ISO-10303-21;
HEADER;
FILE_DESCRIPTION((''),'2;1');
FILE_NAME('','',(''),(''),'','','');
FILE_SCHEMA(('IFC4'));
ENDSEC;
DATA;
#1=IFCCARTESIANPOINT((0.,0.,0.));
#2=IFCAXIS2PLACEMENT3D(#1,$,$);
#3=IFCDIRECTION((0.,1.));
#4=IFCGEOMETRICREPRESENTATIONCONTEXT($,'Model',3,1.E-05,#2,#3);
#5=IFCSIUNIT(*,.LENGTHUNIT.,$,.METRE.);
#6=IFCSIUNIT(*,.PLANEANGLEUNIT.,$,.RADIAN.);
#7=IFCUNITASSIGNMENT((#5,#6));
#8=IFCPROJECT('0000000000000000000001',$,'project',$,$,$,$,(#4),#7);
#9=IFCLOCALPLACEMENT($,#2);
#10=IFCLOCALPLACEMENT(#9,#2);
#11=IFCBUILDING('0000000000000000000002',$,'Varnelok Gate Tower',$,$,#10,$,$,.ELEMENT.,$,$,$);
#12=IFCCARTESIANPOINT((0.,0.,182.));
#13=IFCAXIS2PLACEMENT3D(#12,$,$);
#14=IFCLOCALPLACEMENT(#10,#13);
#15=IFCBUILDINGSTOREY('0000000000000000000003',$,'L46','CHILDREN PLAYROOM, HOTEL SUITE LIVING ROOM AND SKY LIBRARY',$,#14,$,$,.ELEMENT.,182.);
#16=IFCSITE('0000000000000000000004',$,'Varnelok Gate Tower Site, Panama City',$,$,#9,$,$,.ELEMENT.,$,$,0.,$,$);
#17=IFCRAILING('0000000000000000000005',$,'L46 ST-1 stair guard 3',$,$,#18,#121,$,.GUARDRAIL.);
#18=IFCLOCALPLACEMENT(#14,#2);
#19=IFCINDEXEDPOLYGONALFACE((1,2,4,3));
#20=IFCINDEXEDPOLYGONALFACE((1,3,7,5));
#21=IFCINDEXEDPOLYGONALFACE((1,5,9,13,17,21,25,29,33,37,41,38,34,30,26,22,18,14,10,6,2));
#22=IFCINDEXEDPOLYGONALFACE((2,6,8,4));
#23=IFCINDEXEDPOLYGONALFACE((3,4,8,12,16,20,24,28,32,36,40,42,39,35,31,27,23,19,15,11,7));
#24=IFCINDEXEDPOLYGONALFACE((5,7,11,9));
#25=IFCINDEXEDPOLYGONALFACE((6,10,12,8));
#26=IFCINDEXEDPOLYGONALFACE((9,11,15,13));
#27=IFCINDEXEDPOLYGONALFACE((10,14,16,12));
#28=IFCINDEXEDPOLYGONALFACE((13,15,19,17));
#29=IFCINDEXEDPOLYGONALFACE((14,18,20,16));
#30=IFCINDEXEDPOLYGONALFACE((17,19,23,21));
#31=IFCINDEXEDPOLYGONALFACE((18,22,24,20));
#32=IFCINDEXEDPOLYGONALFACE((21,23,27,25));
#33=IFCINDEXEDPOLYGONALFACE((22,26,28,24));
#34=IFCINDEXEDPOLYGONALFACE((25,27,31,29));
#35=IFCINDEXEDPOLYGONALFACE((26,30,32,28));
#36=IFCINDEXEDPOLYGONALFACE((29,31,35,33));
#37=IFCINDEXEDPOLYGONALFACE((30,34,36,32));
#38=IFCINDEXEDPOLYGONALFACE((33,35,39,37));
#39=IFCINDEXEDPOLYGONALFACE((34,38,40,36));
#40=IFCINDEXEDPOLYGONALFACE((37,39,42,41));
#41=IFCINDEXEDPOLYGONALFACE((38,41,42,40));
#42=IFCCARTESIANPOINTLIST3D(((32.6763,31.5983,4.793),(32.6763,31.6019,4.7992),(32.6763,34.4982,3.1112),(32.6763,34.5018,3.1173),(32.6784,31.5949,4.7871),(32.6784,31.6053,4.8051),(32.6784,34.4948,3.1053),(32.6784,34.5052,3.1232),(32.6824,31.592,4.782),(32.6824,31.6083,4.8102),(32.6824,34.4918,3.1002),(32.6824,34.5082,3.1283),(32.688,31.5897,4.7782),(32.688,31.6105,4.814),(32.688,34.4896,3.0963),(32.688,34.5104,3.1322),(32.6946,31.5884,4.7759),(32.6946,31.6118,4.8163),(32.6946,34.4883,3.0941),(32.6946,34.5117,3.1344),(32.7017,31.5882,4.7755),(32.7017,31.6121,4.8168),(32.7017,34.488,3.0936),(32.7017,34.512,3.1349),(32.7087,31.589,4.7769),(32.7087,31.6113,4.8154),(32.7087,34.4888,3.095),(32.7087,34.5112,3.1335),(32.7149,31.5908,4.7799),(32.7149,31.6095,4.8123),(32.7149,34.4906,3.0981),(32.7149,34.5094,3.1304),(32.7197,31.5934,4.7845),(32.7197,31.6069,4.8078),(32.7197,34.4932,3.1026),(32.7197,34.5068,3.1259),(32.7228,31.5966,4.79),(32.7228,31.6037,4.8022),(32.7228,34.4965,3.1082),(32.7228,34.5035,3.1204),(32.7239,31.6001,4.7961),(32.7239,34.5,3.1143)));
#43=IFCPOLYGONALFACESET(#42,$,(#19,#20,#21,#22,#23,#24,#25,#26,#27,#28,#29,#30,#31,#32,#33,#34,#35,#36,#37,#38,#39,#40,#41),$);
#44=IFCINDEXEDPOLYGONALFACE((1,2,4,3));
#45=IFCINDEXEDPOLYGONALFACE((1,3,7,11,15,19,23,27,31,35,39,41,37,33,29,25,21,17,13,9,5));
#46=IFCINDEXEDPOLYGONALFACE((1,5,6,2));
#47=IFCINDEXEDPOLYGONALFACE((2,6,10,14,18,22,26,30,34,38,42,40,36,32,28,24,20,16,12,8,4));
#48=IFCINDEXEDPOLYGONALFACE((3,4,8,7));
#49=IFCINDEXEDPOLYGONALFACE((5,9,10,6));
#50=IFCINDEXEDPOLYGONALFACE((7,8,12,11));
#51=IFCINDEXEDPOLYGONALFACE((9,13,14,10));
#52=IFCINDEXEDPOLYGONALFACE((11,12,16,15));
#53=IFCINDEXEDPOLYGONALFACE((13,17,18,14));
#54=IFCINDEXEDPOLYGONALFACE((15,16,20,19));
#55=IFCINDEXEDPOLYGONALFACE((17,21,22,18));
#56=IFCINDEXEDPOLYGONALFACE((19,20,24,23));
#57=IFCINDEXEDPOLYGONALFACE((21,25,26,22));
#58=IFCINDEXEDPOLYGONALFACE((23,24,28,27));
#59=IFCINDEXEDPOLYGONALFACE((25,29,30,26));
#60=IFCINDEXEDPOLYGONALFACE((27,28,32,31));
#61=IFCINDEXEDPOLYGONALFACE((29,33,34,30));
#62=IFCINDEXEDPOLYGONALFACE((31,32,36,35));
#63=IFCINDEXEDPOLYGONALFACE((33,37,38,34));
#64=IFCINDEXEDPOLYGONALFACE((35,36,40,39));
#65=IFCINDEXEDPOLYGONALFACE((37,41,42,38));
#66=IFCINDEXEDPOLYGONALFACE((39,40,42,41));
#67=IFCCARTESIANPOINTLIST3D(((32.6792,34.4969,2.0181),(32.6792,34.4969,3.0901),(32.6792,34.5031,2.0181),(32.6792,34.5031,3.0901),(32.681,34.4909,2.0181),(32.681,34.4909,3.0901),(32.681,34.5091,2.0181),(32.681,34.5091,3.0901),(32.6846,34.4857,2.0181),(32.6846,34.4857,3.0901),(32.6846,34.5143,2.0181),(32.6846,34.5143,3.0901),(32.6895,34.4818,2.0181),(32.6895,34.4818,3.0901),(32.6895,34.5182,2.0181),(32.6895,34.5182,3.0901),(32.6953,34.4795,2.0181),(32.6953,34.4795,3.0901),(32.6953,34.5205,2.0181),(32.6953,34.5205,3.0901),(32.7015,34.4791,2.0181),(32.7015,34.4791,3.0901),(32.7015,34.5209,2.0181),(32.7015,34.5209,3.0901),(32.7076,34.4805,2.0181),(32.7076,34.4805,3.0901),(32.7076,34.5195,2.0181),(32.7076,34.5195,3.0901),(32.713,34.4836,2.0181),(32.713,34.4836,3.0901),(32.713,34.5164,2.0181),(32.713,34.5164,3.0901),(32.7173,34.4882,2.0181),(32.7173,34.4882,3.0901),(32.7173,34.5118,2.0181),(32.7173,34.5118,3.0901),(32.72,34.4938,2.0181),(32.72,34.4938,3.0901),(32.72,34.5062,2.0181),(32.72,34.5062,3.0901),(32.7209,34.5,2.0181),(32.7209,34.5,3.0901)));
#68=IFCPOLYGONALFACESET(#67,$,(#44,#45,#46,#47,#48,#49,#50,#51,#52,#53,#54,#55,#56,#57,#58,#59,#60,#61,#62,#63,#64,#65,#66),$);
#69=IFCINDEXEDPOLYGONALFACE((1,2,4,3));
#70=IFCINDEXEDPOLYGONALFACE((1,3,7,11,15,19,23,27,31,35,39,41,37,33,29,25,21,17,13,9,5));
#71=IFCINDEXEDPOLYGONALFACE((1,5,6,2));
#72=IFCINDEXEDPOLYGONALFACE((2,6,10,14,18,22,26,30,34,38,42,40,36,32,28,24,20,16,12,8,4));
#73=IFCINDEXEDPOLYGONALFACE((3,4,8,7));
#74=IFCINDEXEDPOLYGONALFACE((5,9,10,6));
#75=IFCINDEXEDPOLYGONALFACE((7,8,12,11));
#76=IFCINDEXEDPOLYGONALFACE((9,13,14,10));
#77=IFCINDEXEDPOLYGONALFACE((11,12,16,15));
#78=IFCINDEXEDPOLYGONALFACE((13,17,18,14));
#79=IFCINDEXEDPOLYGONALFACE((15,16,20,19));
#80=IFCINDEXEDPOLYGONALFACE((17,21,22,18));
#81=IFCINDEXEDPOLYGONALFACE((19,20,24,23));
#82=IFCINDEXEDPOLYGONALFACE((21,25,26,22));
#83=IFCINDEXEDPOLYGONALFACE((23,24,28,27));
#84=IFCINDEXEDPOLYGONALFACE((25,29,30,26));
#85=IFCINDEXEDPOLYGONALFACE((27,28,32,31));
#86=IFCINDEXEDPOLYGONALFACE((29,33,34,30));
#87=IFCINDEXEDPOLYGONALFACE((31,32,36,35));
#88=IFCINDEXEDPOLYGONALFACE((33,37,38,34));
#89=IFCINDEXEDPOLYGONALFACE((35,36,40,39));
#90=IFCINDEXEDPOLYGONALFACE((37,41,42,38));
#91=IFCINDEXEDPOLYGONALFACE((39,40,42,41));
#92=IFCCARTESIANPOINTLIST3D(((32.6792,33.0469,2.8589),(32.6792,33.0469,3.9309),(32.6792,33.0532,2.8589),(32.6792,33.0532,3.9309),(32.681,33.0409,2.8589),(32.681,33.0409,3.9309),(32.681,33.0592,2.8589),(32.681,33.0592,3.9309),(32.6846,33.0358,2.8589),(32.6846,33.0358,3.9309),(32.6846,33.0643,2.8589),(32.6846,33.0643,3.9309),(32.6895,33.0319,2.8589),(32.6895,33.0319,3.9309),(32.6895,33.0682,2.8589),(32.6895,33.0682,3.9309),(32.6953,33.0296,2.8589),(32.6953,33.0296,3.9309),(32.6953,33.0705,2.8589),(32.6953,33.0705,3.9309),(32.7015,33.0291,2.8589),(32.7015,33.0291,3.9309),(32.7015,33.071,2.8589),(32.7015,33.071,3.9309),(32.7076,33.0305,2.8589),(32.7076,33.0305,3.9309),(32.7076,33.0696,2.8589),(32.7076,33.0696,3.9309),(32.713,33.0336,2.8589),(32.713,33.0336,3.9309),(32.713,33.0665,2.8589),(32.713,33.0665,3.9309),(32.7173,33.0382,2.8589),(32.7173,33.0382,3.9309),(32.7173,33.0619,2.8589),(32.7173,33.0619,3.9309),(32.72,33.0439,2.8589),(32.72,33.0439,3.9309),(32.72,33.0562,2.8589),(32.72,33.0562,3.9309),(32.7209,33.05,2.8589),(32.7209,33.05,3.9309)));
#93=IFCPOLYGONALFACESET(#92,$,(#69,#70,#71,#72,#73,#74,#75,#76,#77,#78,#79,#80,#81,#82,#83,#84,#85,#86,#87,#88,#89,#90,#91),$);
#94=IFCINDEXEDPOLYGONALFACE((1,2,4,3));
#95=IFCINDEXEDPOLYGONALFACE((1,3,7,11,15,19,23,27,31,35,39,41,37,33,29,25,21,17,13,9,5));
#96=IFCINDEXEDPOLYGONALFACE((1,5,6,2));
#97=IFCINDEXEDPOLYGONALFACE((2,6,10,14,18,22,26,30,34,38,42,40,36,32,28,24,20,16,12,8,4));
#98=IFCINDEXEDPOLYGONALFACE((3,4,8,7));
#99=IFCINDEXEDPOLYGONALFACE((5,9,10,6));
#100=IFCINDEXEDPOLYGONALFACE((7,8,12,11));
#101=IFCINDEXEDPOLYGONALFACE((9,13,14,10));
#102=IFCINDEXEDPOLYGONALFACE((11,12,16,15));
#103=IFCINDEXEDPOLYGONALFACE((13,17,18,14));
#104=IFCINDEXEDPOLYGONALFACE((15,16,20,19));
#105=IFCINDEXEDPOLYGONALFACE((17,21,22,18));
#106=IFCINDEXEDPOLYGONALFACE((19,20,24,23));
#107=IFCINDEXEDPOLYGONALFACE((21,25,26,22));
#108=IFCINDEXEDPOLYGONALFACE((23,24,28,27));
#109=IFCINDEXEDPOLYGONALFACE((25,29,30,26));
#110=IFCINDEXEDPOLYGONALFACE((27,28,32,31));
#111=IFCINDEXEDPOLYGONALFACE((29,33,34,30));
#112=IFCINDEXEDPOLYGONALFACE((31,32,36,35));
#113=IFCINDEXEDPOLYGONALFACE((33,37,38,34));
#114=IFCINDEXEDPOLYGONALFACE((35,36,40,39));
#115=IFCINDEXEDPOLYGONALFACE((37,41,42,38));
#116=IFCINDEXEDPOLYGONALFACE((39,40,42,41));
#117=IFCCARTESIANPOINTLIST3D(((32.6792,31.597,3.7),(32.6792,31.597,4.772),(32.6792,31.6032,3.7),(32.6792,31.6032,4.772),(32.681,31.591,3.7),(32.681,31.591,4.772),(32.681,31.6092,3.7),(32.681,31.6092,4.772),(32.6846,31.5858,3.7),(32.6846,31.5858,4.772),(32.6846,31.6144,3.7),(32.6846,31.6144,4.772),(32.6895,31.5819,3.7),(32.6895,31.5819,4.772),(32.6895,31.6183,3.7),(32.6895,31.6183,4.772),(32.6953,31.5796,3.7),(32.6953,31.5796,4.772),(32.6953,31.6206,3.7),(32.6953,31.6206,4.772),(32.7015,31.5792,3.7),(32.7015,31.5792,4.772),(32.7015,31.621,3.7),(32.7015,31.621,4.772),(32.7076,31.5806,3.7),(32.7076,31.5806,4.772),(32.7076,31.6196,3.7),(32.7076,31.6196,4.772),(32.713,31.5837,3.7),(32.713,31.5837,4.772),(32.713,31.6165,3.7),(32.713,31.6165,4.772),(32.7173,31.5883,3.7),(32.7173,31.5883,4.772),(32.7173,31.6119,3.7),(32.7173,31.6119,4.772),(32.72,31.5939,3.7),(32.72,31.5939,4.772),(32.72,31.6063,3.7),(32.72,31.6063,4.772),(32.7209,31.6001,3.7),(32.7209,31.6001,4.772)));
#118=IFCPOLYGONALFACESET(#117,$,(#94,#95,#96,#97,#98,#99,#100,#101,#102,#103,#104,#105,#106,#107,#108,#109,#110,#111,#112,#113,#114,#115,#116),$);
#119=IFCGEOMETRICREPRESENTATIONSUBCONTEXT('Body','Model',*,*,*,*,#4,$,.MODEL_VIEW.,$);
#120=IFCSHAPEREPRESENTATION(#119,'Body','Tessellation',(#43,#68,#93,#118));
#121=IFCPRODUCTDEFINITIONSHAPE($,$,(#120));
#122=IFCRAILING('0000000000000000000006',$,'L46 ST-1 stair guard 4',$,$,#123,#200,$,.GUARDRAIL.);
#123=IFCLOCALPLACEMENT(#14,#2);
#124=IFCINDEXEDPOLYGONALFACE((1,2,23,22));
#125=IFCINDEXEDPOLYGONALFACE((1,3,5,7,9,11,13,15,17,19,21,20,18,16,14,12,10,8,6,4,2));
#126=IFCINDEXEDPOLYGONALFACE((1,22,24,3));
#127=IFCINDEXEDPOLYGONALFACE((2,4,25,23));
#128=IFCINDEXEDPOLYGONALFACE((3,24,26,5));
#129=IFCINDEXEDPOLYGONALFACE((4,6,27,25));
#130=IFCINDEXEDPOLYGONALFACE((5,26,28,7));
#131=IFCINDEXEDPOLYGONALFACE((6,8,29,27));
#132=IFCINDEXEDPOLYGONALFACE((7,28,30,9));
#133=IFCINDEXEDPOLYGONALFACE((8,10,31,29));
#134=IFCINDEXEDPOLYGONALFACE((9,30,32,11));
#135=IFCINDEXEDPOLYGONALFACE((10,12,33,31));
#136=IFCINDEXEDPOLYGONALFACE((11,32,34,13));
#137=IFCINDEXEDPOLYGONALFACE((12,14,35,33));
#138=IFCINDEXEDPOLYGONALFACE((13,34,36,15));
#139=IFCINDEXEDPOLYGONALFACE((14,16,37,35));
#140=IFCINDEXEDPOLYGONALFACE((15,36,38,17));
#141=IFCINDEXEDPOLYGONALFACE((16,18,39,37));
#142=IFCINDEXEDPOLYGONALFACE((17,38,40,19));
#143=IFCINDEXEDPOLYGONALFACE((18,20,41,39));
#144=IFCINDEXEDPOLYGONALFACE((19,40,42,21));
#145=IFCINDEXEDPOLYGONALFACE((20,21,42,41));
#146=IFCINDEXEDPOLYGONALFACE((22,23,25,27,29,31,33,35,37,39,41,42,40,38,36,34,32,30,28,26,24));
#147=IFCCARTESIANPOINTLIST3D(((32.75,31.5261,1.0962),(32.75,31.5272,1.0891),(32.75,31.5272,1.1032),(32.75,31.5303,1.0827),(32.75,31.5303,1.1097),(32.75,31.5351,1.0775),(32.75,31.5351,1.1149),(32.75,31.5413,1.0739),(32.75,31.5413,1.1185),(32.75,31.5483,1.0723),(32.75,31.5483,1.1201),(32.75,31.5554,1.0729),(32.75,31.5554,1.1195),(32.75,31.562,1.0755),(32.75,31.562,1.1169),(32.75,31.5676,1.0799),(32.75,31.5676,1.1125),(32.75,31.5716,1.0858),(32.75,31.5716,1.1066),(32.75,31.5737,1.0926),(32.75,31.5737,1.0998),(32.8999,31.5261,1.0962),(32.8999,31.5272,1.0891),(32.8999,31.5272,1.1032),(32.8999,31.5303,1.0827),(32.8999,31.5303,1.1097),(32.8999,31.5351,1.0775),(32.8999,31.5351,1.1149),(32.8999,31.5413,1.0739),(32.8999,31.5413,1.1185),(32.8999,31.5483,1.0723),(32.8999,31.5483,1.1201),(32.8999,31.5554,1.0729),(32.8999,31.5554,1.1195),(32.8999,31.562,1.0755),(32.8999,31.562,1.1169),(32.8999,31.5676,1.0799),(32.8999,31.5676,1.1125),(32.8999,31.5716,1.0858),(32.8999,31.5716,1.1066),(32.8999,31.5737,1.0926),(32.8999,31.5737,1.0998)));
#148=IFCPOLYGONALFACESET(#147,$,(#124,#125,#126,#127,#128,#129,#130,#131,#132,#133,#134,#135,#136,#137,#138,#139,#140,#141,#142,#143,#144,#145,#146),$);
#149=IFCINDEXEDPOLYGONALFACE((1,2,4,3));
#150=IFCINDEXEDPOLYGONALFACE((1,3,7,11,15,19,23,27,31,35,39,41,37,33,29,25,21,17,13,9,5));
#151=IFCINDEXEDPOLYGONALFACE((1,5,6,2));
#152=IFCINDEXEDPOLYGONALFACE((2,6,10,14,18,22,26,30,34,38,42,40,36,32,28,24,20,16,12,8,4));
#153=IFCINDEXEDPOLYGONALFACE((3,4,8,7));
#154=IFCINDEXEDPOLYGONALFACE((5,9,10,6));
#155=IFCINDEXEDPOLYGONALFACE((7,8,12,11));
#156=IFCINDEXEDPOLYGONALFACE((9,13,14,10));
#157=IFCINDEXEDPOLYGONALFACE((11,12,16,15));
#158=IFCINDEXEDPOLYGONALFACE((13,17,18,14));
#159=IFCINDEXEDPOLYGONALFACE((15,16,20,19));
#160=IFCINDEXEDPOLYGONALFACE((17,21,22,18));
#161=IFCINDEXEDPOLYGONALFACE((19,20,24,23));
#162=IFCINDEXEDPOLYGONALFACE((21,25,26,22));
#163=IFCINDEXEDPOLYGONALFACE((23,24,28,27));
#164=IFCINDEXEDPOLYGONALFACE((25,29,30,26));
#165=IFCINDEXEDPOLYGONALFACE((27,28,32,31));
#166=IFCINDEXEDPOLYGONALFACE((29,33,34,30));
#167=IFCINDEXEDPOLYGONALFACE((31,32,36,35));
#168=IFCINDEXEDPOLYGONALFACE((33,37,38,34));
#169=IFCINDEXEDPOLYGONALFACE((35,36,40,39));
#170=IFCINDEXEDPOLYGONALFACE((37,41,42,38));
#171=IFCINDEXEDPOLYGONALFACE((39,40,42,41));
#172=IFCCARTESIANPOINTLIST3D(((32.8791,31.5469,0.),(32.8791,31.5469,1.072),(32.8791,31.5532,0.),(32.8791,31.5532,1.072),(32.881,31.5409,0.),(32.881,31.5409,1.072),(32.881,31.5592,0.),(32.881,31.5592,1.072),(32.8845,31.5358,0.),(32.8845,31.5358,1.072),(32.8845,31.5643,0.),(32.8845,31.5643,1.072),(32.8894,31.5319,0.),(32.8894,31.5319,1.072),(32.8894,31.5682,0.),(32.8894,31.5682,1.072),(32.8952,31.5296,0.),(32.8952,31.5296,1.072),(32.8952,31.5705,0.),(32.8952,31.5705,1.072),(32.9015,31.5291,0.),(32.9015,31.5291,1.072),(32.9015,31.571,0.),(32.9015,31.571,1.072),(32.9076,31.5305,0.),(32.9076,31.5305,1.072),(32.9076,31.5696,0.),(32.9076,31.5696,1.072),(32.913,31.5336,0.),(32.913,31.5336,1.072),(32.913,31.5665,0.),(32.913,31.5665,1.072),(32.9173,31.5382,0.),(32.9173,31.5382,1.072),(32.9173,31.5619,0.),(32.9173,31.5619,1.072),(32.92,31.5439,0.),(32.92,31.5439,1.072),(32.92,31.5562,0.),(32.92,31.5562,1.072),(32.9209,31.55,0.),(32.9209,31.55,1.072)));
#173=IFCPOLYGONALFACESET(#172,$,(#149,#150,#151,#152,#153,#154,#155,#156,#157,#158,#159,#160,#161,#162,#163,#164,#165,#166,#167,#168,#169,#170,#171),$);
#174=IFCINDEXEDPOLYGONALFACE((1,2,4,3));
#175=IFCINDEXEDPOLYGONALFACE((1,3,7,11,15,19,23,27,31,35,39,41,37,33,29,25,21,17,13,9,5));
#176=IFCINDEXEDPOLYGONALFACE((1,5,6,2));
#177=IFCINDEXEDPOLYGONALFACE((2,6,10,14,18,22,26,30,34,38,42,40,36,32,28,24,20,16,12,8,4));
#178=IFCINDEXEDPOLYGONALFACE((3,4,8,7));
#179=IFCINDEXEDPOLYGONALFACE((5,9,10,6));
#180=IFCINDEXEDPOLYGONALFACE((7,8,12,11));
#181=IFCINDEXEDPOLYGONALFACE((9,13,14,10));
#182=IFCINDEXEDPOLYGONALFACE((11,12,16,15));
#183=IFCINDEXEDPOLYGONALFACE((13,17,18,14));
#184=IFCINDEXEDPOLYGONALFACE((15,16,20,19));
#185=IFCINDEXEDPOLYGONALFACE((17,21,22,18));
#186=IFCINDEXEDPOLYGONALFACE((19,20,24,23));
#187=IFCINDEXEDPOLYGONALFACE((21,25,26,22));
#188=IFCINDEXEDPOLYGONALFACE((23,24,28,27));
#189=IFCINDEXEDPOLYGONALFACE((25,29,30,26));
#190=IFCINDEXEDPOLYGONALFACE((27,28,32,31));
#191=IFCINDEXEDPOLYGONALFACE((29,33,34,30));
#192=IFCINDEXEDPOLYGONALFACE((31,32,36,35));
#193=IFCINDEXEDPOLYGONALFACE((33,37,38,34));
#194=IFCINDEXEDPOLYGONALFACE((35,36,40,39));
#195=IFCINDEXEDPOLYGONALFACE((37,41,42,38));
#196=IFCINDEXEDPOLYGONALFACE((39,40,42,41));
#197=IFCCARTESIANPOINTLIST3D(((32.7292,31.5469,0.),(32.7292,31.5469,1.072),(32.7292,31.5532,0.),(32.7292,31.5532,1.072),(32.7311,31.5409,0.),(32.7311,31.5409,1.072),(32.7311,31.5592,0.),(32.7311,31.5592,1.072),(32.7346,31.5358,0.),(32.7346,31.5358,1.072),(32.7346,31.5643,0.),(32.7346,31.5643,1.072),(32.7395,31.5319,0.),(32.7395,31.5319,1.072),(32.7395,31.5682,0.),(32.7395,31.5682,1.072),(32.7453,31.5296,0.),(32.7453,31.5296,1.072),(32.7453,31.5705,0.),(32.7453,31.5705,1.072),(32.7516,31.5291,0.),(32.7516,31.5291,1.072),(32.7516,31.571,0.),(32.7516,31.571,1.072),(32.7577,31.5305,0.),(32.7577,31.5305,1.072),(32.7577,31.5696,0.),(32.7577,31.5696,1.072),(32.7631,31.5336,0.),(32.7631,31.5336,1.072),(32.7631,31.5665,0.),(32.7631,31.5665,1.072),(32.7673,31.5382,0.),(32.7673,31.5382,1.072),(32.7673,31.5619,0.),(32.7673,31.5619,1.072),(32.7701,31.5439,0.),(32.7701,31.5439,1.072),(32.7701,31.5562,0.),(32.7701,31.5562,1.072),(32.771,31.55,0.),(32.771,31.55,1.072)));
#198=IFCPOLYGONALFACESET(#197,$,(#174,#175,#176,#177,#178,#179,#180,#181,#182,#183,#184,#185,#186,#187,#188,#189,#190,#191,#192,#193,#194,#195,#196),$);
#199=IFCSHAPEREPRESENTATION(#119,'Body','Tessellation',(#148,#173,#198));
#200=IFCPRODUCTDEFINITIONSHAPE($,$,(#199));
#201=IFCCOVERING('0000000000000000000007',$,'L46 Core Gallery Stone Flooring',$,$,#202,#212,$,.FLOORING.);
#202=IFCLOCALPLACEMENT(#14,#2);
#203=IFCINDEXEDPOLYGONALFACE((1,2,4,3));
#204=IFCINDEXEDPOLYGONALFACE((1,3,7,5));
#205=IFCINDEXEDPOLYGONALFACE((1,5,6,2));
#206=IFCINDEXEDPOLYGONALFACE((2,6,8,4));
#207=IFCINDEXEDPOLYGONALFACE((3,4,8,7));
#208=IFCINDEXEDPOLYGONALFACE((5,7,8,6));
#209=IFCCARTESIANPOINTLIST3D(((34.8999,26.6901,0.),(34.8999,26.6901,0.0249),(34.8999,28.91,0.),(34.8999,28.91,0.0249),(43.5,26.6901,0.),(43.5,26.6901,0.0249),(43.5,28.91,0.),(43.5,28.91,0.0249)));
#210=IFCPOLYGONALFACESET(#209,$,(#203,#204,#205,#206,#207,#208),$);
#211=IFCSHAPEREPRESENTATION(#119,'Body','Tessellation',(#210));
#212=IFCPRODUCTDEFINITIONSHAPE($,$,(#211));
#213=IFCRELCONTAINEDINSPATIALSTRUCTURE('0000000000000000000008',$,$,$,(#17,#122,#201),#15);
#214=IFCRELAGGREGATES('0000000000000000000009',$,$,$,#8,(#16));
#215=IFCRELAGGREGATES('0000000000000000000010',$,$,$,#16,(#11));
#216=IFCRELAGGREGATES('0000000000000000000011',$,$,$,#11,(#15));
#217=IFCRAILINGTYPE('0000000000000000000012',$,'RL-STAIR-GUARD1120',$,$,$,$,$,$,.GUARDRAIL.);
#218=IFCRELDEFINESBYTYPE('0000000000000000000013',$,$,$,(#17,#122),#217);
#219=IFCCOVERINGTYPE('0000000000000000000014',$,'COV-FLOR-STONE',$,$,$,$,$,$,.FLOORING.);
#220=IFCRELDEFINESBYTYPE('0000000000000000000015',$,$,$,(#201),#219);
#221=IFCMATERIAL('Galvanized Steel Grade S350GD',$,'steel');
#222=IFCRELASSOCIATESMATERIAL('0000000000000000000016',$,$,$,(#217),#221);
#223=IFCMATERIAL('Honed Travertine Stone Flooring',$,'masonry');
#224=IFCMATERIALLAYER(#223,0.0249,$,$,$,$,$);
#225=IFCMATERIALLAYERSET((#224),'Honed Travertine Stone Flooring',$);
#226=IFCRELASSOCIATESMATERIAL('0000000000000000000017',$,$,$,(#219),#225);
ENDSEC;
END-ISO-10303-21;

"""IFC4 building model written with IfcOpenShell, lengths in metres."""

from ifc_helpers import new_model, si_unit, direction, frame, origin, origin_2d, place, context, subcontext, project, spatial, rectangle, circle, extrude, source, transform, mapped, material, layer, layer_set, type_object, element, save


model = new_model("IFC4")

# Units and contexts
model_context = context("Model", 3, precision=1e-05, world=origin(), true_north=direction((0.0, 1.0)))
body_context = subcontext(model_context, "Body", "Model", "MODEL_VIEW")
ifc_project = project(units=[si_unit("LENGTHUNIT", "METRE"), si_unit("PLANEANGLEUNIT", "RADIAN")], contexts=[model_context])

# Site, building, storey
site_placement = place(None, origin())
site = spatial("IfcSite", under=ifc_project, at=site_placement, Name="Varnelok Gate Tower Site, Panama City", CompositionType="ELEMENT", RefElevation=0.0)
building_placement = place(site_placement, origin())
building = spatial("IfcBuilding", under=site, at=building_placement, Name="Varnelok Gate Tower", CompositionType="ELEMENT")
storey_placement = place(building_placement, frame((0.0, 0.0, 182.0)))
storey = spatial("IfcBuildingStorey", under=building, at=storey_placement, Name="L46", Description="CHILDREN PLAYROOM, HOTEL SUITE LIVING ROOM AND SKY LIBRARY", CompositionType="ELEMENT", Elevation=182.0)

# Shared definitions
ifc_material_1 = material(Name="Galvanized Steel Grade S350GD", Category="steel")

# Railings
railing_type_1 = type_object("IfcRailingType", Name="RL-STAIR-GUARD1120", PredefinedType="GUARDRAIL", material=ifc_material_1)
railing_1_placement = place(storey_placement, frame((32.7, 34.5, 2.0181)))
element("IfcRailing", 1, at=railing_1_placement, inside=storey, type_object=railing_type_1, Name="L46 ST-1 stair guard 3", PredefinedType="GUARDRAIL", context=body_context, shape_type="SweptSolid", body=[
    extrude(circle(Radius=0.0239, at=origin_2d()), frame((0.0, 0.0, 1.0962), z_axis=(0.0, -0.865039, 0.501705), x_axis=(1.0, 0.0, 0.0)), (0.0, 0.0, 1.0), 3.3523),
    extrude(circle(Radius=0.021, at=origin_2d()), origin(), (0.0, 0.0, 1.0), 1.072),
    extrude(circle(Radius=0.021, at=origin_2d()), frame((0.0, -1.45, 0.8408)), (0.0, 0.0, 1.0), 1.072),
    extrude(circle(Radius=0.021, at=origin_2d()), frame((0.0, -2.8999, 1.6819)), (0.0, 0.0, 1.0), 1.072),
])
railing_2_placement = place(storey_placement, frame((32.8999, 31.55, 0.0)))
element("IfcRailing", 2, at=railing_2_placement, inside=storey, type_object=railing_type_1, Name="L46 ST-1 stair guard 4", PredefinedType="GUARDRAIL", context=body_context, shape_type="SweptSolid", body=[
    extrude(circle(Radius=0.0239, at=origin_2d()), frame((0.0, 0.0, 1.0962), z_axis=(-1.0, 0.0, 0.0), x_axis=(0.0, -1.0, 0.0)), (0.0, 0.0, 1.0), 0.1499),
    extrude(circle(Radius=0.021, at=origin_2d()), origin(), (0.0, 0.0, 1.0), 1.072),
    extrude(circle(Radius=0.021, at=origin_2d()), frame((-0.1499, 0.0, 0.0)), (0.0, 0.0, 1.0), 1.072),
])

# Covering
ifc_material_2 = material(Name="Honed Travertine Stone Flooring", Category="masonry")
ifc_layer_1 = layer(ifc_material_2, 0.0249)
ifc_layer_set_1 = layer_set([ifc_layer_1], Name="Honed Travertine Stone Flooring")
covering_type_1 = type_object("IfcCoveringType", Name="COV-FLOR-STONE", PredefinedType="FLOORING", material=ifc_layer_set_1)
shared_shape_1 = source(origin(), body_context, "Body", "SweptSolid", [
    extrude(rectangle(XDim=8.6001, YDim=2.22, at=origin_2d()), origin(), (0.0, 0.0, 1.0), 0.0249),
])
covering_1_placement = place(storey_placement, frame((39.2, 27.8, 0.0), z_axis=(0.0, 0.0, 1.0), x_axis=(1.0, 0.0, 0.0)))
element("IfcCovering", 3, at=covering_1_placement, inside=storey, type_object=covering_type_1, Name="L46 Core Gallery Stone Flooring", PredefinedType="FLOORING", context=body_context, shape_type="MappedRepresentation", body=[
    mapped(shared_shape_1, transform((0.0, 0.0, 0.0), scale=1.0)),
])

save(model, "model.ifc")
